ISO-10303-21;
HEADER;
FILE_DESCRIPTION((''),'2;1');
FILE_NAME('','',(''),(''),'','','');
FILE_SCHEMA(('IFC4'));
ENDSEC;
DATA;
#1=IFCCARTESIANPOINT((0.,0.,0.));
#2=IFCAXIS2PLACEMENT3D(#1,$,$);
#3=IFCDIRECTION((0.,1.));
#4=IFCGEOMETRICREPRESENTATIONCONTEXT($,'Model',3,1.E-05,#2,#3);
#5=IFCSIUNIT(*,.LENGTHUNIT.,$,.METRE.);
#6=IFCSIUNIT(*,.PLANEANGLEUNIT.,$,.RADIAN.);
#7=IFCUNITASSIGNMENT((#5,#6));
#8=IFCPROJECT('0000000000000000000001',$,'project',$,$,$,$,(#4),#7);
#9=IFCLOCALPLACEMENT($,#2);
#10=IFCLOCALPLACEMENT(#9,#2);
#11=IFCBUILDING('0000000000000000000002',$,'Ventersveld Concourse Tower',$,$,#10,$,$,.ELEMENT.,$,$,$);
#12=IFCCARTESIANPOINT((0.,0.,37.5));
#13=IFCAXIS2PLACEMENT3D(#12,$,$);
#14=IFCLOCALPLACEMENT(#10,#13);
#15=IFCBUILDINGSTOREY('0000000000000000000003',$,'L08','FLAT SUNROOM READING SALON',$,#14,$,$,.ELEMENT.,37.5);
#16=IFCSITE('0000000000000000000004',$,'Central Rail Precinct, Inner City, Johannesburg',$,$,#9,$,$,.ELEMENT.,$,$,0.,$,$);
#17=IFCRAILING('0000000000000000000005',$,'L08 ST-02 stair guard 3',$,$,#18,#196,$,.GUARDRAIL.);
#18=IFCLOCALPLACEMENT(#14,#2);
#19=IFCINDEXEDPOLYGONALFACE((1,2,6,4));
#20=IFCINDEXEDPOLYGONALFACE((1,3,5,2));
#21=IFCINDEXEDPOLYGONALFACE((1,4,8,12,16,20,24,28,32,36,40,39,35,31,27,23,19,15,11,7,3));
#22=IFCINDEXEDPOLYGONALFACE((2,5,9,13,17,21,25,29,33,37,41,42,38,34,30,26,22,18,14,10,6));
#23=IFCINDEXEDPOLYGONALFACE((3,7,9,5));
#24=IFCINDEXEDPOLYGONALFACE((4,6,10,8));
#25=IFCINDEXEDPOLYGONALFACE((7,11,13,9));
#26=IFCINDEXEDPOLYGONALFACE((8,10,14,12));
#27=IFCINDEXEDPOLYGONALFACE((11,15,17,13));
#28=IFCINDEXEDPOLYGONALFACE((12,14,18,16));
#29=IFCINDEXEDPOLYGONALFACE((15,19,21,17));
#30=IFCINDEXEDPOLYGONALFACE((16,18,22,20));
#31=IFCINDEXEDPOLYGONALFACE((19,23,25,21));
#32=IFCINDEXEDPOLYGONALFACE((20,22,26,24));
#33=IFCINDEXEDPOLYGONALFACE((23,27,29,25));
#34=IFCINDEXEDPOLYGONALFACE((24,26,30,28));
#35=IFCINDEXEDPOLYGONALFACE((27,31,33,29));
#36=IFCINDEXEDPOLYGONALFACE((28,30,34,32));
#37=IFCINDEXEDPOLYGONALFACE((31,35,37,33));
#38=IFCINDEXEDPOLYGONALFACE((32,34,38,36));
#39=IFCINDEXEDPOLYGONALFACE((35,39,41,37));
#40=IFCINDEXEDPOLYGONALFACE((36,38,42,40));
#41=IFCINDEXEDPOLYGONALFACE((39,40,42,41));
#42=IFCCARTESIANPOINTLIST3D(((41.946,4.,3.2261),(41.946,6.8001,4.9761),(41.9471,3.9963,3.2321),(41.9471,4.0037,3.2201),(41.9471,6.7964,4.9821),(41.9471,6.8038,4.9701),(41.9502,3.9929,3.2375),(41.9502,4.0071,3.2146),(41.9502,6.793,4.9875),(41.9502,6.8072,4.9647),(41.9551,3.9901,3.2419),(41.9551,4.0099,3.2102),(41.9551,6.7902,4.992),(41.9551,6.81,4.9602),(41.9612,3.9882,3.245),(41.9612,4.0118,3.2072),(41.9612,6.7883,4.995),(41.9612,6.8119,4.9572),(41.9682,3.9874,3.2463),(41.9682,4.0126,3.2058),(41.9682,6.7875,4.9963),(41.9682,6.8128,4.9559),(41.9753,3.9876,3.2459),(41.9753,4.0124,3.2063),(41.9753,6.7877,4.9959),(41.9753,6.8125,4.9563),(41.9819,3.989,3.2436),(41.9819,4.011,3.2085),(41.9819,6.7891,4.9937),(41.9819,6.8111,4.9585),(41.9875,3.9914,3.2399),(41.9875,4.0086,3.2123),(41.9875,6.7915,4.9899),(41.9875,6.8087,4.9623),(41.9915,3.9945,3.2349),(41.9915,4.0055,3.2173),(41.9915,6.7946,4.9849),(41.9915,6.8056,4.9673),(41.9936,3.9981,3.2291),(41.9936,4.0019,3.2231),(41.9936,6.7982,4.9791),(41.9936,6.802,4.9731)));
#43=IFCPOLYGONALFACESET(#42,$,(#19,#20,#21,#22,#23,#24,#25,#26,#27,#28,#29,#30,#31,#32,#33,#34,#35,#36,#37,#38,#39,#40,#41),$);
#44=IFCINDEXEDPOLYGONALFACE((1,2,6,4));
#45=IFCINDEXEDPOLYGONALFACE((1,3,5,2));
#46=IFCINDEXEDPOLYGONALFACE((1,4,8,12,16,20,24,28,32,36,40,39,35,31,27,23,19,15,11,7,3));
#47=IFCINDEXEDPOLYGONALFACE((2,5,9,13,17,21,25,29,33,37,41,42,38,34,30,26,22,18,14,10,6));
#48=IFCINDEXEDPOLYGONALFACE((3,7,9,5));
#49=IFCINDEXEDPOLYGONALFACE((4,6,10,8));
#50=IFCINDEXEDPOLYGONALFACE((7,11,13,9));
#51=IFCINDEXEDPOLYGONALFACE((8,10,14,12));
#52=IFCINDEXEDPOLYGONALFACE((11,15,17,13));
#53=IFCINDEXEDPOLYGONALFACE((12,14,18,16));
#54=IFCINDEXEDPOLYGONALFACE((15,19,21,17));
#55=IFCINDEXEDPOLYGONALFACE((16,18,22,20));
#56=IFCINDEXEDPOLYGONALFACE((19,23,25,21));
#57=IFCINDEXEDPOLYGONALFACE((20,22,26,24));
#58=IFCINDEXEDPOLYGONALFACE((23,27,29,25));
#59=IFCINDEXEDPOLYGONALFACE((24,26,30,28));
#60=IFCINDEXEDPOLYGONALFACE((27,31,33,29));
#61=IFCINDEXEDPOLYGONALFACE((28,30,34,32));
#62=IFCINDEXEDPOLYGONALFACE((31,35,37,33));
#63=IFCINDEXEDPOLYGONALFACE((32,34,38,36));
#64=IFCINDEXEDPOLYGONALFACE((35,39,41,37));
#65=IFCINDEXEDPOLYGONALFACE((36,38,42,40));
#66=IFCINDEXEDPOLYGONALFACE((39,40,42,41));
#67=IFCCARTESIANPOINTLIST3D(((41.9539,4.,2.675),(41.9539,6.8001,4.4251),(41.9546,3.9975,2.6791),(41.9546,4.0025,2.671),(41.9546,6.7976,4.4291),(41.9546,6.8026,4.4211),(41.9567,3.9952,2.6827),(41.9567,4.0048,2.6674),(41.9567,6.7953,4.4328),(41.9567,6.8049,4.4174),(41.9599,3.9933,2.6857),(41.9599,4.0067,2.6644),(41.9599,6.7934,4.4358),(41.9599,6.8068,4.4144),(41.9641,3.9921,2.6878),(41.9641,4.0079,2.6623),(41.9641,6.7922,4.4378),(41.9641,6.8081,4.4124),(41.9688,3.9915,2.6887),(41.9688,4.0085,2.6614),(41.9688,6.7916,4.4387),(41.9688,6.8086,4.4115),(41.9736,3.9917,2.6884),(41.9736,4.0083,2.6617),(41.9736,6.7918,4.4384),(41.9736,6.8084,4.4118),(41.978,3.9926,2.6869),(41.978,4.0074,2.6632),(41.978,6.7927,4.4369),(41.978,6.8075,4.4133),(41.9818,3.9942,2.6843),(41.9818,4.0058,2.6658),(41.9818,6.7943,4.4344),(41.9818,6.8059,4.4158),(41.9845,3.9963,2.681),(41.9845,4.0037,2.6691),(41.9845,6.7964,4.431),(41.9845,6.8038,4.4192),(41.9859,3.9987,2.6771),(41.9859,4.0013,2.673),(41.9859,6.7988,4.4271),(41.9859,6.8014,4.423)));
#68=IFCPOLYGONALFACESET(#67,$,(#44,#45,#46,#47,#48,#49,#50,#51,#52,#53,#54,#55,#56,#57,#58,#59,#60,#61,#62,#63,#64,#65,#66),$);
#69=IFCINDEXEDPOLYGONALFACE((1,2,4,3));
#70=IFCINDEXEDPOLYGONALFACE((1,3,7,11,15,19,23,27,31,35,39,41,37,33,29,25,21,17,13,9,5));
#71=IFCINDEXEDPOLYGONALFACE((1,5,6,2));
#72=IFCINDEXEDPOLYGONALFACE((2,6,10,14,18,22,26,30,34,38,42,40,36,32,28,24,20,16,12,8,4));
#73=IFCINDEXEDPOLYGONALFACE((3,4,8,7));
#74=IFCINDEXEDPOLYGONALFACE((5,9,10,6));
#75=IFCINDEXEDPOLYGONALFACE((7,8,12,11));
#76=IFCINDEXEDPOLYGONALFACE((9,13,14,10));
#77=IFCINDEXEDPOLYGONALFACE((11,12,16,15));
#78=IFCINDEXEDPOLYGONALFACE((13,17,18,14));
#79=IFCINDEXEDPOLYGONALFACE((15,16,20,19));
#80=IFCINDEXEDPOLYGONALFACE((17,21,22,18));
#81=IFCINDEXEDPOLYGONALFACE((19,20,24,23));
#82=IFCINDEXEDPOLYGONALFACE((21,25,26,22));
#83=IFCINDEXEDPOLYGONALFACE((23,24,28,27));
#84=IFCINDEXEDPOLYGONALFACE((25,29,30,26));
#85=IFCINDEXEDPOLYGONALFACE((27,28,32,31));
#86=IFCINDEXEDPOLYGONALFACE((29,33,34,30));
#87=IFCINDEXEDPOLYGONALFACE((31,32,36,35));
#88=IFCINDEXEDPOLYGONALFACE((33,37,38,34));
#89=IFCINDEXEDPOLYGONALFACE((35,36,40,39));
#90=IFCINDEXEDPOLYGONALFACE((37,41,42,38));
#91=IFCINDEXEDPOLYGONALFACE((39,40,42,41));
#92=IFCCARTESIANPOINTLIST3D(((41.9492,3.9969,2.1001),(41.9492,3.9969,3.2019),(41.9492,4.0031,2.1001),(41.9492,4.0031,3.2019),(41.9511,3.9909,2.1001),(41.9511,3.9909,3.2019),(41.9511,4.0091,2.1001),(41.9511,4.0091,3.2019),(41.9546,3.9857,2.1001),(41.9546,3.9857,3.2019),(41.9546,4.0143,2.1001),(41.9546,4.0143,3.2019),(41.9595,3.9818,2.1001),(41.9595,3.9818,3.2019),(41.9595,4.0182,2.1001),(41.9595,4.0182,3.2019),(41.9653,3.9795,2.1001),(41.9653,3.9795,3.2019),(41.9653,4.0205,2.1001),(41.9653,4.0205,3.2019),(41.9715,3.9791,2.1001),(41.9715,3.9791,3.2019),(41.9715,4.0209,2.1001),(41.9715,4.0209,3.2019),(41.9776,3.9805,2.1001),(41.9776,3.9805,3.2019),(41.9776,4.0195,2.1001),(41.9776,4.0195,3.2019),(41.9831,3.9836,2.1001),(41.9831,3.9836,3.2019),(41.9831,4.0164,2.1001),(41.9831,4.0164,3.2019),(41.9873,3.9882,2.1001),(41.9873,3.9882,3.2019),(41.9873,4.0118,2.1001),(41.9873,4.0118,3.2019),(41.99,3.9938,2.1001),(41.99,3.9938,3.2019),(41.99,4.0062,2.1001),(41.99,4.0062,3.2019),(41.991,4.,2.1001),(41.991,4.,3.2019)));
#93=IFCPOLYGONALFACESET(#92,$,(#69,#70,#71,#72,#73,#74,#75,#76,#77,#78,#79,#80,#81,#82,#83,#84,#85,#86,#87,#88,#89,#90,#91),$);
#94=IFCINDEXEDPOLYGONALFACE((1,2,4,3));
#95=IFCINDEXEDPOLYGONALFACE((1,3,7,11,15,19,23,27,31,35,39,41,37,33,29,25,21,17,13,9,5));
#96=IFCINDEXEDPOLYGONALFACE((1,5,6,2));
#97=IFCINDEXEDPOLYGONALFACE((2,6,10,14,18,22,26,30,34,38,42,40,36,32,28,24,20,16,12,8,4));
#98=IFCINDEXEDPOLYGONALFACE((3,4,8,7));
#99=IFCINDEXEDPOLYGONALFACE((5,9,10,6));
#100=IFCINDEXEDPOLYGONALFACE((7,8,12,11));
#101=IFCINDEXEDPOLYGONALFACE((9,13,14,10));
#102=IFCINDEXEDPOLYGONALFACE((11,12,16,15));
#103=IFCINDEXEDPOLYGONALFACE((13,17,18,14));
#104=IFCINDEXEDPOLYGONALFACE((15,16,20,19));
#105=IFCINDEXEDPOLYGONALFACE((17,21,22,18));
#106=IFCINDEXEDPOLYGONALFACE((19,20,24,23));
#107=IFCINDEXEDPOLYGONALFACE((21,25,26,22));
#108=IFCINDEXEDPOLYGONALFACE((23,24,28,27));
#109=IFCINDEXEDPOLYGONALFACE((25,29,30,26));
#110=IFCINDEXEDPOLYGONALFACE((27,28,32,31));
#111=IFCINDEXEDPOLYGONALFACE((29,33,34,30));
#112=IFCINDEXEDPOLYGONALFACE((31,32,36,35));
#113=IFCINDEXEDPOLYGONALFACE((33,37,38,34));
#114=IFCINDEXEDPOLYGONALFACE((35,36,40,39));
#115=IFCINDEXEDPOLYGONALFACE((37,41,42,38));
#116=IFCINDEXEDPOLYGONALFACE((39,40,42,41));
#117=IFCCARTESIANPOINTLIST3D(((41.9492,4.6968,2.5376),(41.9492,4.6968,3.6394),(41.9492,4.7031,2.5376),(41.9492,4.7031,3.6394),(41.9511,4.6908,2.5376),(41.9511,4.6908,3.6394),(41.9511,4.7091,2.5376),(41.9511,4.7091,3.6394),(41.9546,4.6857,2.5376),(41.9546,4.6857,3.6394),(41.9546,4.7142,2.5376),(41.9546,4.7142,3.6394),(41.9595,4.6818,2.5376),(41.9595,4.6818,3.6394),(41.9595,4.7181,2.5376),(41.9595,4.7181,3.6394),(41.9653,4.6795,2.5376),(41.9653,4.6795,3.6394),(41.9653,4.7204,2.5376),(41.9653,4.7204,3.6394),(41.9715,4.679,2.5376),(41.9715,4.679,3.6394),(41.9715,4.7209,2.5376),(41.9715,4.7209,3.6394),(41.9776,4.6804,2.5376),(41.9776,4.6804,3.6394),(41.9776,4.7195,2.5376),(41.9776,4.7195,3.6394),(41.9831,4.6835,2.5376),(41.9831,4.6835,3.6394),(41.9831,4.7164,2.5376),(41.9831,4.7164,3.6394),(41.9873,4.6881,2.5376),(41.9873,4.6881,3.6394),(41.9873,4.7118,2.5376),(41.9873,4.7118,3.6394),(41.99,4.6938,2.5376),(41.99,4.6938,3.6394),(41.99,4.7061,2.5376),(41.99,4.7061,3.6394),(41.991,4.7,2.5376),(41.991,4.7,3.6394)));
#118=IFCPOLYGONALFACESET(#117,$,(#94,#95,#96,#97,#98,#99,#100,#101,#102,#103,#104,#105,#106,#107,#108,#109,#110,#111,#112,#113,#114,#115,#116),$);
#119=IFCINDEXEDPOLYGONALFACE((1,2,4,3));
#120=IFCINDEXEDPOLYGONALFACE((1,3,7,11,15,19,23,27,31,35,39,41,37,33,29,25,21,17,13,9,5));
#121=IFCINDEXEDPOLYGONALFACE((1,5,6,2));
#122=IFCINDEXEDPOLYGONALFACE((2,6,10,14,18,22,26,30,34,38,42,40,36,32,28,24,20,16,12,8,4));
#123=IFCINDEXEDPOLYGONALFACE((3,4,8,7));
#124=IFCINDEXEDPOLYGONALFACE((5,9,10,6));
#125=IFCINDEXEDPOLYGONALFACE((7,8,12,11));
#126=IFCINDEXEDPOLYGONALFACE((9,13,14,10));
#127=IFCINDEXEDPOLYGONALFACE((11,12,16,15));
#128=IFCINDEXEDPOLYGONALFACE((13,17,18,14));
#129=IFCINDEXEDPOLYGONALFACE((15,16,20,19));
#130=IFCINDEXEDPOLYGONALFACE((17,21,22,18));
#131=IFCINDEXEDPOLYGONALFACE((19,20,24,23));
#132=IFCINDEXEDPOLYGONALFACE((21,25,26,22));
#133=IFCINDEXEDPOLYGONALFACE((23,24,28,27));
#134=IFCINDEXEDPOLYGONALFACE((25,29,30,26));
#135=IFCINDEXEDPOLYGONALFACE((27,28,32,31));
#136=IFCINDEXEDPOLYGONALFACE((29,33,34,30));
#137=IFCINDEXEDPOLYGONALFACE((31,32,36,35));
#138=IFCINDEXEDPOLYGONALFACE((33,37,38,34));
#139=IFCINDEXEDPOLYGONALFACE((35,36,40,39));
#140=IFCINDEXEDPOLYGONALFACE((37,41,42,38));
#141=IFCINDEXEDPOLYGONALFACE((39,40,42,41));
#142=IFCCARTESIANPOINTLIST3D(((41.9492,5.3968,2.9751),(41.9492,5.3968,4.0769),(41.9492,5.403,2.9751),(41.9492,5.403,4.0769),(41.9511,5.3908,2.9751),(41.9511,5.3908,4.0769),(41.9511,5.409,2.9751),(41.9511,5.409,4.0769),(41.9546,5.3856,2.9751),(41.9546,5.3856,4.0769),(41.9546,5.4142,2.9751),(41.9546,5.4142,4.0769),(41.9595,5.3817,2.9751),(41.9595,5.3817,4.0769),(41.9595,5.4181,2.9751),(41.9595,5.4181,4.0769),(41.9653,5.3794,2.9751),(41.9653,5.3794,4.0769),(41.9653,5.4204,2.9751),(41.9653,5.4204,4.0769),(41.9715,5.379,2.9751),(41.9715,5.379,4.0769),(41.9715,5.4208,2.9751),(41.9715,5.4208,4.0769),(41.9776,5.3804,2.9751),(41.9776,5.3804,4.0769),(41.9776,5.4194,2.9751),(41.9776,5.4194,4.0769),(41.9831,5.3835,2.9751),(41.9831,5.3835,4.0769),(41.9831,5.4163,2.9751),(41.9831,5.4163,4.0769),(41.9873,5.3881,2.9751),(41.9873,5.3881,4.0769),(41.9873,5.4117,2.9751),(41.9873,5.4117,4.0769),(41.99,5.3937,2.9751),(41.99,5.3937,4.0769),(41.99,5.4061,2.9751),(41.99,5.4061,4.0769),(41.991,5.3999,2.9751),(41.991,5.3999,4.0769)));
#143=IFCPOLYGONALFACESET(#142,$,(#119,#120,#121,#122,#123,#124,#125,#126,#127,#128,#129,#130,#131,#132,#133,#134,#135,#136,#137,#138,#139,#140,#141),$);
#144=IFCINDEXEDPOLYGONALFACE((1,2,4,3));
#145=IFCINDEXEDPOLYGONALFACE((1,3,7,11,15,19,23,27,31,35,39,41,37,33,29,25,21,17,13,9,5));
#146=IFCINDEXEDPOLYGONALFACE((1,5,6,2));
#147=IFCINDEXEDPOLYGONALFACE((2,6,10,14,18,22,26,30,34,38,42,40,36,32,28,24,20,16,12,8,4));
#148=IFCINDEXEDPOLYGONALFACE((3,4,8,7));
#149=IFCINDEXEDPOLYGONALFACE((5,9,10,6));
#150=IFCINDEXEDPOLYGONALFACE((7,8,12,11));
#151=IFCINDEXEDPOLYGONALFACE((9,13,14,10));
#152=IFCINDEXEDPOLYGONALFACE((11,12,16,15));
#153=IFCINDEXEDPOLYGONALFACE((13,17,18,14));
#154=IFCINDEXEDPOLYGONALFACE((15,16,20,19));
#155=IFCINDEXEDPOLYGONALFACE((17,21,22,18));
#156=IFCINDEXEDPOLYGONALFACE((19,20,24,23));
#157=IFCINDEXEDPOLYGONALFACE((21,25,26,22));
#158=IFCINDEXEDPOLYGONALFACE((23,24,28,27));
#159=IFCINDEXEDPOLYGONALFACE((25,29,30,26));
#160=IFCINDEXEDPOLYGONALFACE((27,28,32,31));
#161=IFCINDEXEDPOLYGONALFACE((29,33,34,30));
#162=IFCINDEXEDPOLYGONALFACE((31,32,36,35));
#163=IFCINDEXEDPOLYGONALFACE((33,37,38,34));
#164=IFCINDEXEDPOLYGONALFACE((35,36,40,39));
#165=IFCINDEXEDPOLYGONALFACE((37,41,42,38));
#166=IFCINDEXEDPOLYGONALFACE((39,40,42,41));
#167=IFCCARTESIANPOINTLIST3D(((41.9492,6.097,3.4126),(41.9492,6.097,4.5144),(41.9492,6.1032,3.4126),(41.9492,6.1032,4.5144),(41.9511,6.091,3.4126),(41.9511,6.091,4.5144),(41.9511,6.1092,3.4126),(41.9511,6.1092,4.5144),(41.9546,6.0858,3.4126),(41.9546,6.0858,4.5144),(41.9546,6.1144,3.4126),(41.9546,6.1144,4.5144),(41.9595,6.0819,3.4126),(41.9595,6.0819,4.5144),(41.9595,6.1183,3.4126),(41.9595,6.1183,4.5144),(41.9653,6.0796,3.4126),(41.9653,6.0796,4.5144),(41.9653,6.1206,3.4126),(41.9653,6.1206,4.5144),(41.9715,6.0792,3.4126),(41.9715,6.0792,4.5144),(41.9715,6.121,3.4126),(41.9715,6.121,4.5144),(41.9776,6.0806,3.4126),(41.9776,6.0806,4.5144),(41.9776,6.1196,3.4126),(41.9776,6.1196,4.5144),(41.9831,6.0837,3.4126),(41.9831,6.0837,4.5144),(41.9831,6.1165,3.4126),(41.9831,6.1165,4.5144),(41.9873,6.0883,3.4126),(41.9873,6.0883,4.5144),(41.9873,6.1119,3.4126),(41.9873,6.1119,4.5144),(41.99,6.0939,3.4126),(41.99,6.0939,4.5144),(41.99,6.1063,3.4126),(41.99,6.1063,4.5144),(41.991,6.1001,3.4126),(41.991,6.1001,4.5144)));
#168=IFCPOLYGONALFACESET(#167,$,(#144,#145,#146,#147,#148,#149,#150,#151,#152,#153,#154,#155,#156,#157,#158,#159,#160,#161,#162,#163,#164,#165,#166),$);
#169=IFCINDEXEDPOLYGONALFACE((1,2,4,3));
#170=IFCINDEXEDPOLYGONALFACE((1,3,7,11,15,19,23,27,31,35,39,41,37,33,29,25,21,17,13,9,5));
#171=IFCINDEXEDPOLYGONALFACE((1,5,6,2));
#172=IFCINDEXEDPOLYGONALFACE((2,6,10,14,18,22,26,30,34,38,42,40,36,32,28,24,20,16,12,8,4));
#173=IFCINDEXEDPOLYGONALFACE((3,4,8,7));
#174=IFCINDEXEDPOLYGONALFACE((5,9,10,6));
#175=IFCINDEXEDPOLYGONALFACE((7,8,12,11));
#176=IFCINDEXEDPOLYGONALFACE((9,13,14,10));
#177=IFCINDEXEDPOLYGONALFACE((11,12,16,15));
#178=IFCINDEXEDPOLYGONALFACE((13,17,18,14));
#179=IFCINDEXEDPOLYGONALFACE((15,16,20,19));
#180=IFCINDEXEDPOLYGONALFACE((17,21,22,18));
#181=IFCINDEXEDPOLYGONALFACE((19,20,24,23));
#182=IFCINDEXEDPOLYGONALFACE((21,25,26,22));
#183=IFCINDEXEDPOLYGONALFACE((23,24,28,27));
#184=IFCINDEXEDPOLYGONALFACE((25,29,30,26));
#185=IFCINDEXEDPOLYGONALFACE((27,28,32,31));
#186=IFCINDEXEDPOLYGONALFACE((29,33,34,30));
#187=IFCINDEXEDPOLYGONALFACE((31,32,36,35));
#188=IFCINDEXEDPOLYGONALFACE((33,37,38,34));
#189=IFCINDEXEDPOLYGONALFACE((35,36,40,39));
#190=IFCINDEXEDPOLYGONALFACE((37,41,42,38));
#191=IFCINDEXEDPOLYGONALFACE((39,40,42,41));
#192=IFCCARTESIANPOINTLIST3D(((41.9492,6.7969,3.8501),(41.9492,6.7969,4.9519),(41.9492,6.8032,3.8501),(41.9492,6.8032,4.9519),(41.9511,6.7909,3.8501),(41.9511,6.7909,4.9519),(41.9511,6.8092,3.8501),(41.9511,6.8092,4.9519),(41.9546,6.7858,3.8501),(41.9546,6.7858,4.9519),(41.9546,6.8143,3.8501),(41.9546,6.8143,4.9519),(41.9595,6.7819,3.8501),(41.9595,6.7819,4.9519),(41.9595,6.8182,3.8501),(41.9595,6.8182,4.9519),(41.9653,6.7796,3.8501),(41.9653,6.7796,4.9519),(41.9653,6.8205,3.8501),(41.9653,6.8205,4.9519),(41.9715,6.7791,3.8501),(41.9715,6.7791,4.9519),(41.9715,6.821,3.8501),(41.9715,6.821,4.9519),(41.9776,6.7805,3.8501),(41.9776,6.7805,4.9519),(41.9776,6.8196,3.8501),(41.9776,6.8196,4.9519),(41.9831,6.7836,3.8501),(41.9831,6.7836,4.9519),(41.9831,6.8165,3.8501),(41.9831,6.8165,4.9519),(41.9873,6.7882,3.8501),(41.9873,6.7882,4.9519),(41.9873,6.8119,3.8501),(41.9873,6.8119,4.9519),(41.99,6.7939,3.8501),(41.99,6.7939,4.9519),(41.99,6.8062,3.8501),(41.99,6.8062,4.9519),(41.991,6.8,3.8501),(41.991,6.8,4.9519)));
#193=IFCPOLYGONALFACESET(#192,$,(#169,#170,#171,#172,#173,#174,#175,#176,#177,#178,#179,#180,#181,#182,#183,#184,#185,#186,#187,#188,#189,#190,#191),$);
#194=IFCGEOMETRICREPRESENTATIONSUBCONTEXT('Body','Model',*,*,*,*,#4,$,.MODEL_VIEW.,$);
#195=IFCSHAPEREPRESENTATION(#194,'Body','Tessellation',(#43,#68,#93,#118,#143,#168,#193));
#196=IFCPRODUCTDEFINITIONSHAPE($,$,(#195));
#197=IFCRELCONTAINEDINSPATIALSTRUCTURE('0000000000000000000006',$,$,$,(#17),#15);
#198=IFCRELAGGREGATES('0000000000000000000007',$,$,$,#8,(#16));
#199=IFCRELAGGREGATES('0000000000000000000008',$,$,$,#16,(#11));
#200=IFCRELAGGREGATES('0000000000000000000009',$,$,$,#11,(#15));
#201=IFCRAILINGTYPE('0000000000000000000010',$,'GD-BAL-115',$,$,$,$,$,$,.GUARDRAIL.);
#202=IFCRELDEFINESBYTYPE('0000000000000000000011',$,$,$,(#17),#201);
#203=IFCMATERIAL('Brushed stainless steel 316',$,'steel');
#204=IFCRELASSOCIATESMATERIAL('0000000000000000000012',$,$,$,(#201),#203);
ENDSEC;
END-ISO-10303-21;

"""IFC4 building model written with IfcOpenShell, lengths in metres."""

from ifc_helpers import new_model, si_unit, direction, frame, origin, origin_2d, place, context, subcontext, project, spatial, circle, extrude, material, type_object, element, save


model = new_model("IFC4")

# Units and contexts
model_context = context("Model", 3, precision=1e-05, world=origin(), true_north=direction((0.0, 1.0)))
body_context = subcontext(model_context, "Body", "Model", "MODEL_VIEW")
ifc_project = project(units=[si_unit("LENGTHUNIT", "METRE"), si_unit("PLANEANGLEUNIT", "RADIAN")], contexts=[model_context])

# Site, building, storey
site_placement = place(None, origin())
site = spatial("IfcSite", under=ifc_project, at=site_placement, Name="Central Rail Precinct, Inner City, Johannesburg", CompositionType="ELEMENT", RefElevation=0.0)
building_placement = place(site_placement, origin())
building = spatial("IfcBuilding", under=site, at=building_placement, Name="Ventersveld Concourse Tower", CompositionType="ELEMENT")
storey_placement = place(building_placement, frame((0.0, 0.0, 37.5)))
storey = spatial("IfcBuildingStorey", under=building, at=storey_placement, Name="L08", Description="FLAT SUNROOM READING SALON", CompositionType="ELEMENT", Elevation=37.5)

# Railing
ifc_material_1 = material(Name="Brushed stainless steel 316", Category="steel")
railing_type_1 = type_object("IfcRailingType", Name="GD-BAL-115", PredefinedType="GUARDRAIL", material=ifc_material_1)
railing_1_placement = place(storey_placement, frame((41.97, 4.0, 2.1001)))
element("IfcRailing", 1, at=railing_1_placement, inside=storey, type_object=railing_type_1, Name="L08 ST-02 stair guard 3", PredefinedType="GUARDRAIL", context=body_context, shape_type="SweptSolid", body=[
    extrude(circle(Radius=0.0239, at=origin_2d()), frame((0.0, 0.0, 1.126), z_axis=(0.0, 0.848002, 0.529992), x_axis=(-1.0, 0.0, 0.0)), (0.0, 0.0, 1.0), 3.302),
    extrude(circle(Radius=0.0161, at=origin_2d()), frame((0.0, 0.0, 0.575), z_axis=(0.0, 0.848002, 0.529992), x_axis=(-1.0, 0.0, 0.0)), (0.0, 0.0, 1.0), 3.302),
    extrude(circle(Radius=0.021, at=origin_2d()), origin(), (0.0, 0.0, 1.0), 1.1018),
    extrude(circle(Radius=0.021, at=origin_2d()), frame((0.0, 0.7, 0.4375)), (0.0, 0.0, 1.0), 1.1018),
    extrude(circle(Radius=0.021, at=origin_2d()), frame((0.0, 1.3999, 0.875)), (0.0, 0.0, 1.0), 1.1018),
    extrude(circle(Radius=0.021, at=origin_2d()), frame((0.0, 2.1001, 1.3125)), (0.0, 0.0, 1.0), 1.1018),
    extrude(circle(Radius=0.021, at=origin_2d()), frame((0.0, 2.8, 1.75)), (0.0, 0.0, 1.0), 1.1018),
])

save(model, "model.ifc")
